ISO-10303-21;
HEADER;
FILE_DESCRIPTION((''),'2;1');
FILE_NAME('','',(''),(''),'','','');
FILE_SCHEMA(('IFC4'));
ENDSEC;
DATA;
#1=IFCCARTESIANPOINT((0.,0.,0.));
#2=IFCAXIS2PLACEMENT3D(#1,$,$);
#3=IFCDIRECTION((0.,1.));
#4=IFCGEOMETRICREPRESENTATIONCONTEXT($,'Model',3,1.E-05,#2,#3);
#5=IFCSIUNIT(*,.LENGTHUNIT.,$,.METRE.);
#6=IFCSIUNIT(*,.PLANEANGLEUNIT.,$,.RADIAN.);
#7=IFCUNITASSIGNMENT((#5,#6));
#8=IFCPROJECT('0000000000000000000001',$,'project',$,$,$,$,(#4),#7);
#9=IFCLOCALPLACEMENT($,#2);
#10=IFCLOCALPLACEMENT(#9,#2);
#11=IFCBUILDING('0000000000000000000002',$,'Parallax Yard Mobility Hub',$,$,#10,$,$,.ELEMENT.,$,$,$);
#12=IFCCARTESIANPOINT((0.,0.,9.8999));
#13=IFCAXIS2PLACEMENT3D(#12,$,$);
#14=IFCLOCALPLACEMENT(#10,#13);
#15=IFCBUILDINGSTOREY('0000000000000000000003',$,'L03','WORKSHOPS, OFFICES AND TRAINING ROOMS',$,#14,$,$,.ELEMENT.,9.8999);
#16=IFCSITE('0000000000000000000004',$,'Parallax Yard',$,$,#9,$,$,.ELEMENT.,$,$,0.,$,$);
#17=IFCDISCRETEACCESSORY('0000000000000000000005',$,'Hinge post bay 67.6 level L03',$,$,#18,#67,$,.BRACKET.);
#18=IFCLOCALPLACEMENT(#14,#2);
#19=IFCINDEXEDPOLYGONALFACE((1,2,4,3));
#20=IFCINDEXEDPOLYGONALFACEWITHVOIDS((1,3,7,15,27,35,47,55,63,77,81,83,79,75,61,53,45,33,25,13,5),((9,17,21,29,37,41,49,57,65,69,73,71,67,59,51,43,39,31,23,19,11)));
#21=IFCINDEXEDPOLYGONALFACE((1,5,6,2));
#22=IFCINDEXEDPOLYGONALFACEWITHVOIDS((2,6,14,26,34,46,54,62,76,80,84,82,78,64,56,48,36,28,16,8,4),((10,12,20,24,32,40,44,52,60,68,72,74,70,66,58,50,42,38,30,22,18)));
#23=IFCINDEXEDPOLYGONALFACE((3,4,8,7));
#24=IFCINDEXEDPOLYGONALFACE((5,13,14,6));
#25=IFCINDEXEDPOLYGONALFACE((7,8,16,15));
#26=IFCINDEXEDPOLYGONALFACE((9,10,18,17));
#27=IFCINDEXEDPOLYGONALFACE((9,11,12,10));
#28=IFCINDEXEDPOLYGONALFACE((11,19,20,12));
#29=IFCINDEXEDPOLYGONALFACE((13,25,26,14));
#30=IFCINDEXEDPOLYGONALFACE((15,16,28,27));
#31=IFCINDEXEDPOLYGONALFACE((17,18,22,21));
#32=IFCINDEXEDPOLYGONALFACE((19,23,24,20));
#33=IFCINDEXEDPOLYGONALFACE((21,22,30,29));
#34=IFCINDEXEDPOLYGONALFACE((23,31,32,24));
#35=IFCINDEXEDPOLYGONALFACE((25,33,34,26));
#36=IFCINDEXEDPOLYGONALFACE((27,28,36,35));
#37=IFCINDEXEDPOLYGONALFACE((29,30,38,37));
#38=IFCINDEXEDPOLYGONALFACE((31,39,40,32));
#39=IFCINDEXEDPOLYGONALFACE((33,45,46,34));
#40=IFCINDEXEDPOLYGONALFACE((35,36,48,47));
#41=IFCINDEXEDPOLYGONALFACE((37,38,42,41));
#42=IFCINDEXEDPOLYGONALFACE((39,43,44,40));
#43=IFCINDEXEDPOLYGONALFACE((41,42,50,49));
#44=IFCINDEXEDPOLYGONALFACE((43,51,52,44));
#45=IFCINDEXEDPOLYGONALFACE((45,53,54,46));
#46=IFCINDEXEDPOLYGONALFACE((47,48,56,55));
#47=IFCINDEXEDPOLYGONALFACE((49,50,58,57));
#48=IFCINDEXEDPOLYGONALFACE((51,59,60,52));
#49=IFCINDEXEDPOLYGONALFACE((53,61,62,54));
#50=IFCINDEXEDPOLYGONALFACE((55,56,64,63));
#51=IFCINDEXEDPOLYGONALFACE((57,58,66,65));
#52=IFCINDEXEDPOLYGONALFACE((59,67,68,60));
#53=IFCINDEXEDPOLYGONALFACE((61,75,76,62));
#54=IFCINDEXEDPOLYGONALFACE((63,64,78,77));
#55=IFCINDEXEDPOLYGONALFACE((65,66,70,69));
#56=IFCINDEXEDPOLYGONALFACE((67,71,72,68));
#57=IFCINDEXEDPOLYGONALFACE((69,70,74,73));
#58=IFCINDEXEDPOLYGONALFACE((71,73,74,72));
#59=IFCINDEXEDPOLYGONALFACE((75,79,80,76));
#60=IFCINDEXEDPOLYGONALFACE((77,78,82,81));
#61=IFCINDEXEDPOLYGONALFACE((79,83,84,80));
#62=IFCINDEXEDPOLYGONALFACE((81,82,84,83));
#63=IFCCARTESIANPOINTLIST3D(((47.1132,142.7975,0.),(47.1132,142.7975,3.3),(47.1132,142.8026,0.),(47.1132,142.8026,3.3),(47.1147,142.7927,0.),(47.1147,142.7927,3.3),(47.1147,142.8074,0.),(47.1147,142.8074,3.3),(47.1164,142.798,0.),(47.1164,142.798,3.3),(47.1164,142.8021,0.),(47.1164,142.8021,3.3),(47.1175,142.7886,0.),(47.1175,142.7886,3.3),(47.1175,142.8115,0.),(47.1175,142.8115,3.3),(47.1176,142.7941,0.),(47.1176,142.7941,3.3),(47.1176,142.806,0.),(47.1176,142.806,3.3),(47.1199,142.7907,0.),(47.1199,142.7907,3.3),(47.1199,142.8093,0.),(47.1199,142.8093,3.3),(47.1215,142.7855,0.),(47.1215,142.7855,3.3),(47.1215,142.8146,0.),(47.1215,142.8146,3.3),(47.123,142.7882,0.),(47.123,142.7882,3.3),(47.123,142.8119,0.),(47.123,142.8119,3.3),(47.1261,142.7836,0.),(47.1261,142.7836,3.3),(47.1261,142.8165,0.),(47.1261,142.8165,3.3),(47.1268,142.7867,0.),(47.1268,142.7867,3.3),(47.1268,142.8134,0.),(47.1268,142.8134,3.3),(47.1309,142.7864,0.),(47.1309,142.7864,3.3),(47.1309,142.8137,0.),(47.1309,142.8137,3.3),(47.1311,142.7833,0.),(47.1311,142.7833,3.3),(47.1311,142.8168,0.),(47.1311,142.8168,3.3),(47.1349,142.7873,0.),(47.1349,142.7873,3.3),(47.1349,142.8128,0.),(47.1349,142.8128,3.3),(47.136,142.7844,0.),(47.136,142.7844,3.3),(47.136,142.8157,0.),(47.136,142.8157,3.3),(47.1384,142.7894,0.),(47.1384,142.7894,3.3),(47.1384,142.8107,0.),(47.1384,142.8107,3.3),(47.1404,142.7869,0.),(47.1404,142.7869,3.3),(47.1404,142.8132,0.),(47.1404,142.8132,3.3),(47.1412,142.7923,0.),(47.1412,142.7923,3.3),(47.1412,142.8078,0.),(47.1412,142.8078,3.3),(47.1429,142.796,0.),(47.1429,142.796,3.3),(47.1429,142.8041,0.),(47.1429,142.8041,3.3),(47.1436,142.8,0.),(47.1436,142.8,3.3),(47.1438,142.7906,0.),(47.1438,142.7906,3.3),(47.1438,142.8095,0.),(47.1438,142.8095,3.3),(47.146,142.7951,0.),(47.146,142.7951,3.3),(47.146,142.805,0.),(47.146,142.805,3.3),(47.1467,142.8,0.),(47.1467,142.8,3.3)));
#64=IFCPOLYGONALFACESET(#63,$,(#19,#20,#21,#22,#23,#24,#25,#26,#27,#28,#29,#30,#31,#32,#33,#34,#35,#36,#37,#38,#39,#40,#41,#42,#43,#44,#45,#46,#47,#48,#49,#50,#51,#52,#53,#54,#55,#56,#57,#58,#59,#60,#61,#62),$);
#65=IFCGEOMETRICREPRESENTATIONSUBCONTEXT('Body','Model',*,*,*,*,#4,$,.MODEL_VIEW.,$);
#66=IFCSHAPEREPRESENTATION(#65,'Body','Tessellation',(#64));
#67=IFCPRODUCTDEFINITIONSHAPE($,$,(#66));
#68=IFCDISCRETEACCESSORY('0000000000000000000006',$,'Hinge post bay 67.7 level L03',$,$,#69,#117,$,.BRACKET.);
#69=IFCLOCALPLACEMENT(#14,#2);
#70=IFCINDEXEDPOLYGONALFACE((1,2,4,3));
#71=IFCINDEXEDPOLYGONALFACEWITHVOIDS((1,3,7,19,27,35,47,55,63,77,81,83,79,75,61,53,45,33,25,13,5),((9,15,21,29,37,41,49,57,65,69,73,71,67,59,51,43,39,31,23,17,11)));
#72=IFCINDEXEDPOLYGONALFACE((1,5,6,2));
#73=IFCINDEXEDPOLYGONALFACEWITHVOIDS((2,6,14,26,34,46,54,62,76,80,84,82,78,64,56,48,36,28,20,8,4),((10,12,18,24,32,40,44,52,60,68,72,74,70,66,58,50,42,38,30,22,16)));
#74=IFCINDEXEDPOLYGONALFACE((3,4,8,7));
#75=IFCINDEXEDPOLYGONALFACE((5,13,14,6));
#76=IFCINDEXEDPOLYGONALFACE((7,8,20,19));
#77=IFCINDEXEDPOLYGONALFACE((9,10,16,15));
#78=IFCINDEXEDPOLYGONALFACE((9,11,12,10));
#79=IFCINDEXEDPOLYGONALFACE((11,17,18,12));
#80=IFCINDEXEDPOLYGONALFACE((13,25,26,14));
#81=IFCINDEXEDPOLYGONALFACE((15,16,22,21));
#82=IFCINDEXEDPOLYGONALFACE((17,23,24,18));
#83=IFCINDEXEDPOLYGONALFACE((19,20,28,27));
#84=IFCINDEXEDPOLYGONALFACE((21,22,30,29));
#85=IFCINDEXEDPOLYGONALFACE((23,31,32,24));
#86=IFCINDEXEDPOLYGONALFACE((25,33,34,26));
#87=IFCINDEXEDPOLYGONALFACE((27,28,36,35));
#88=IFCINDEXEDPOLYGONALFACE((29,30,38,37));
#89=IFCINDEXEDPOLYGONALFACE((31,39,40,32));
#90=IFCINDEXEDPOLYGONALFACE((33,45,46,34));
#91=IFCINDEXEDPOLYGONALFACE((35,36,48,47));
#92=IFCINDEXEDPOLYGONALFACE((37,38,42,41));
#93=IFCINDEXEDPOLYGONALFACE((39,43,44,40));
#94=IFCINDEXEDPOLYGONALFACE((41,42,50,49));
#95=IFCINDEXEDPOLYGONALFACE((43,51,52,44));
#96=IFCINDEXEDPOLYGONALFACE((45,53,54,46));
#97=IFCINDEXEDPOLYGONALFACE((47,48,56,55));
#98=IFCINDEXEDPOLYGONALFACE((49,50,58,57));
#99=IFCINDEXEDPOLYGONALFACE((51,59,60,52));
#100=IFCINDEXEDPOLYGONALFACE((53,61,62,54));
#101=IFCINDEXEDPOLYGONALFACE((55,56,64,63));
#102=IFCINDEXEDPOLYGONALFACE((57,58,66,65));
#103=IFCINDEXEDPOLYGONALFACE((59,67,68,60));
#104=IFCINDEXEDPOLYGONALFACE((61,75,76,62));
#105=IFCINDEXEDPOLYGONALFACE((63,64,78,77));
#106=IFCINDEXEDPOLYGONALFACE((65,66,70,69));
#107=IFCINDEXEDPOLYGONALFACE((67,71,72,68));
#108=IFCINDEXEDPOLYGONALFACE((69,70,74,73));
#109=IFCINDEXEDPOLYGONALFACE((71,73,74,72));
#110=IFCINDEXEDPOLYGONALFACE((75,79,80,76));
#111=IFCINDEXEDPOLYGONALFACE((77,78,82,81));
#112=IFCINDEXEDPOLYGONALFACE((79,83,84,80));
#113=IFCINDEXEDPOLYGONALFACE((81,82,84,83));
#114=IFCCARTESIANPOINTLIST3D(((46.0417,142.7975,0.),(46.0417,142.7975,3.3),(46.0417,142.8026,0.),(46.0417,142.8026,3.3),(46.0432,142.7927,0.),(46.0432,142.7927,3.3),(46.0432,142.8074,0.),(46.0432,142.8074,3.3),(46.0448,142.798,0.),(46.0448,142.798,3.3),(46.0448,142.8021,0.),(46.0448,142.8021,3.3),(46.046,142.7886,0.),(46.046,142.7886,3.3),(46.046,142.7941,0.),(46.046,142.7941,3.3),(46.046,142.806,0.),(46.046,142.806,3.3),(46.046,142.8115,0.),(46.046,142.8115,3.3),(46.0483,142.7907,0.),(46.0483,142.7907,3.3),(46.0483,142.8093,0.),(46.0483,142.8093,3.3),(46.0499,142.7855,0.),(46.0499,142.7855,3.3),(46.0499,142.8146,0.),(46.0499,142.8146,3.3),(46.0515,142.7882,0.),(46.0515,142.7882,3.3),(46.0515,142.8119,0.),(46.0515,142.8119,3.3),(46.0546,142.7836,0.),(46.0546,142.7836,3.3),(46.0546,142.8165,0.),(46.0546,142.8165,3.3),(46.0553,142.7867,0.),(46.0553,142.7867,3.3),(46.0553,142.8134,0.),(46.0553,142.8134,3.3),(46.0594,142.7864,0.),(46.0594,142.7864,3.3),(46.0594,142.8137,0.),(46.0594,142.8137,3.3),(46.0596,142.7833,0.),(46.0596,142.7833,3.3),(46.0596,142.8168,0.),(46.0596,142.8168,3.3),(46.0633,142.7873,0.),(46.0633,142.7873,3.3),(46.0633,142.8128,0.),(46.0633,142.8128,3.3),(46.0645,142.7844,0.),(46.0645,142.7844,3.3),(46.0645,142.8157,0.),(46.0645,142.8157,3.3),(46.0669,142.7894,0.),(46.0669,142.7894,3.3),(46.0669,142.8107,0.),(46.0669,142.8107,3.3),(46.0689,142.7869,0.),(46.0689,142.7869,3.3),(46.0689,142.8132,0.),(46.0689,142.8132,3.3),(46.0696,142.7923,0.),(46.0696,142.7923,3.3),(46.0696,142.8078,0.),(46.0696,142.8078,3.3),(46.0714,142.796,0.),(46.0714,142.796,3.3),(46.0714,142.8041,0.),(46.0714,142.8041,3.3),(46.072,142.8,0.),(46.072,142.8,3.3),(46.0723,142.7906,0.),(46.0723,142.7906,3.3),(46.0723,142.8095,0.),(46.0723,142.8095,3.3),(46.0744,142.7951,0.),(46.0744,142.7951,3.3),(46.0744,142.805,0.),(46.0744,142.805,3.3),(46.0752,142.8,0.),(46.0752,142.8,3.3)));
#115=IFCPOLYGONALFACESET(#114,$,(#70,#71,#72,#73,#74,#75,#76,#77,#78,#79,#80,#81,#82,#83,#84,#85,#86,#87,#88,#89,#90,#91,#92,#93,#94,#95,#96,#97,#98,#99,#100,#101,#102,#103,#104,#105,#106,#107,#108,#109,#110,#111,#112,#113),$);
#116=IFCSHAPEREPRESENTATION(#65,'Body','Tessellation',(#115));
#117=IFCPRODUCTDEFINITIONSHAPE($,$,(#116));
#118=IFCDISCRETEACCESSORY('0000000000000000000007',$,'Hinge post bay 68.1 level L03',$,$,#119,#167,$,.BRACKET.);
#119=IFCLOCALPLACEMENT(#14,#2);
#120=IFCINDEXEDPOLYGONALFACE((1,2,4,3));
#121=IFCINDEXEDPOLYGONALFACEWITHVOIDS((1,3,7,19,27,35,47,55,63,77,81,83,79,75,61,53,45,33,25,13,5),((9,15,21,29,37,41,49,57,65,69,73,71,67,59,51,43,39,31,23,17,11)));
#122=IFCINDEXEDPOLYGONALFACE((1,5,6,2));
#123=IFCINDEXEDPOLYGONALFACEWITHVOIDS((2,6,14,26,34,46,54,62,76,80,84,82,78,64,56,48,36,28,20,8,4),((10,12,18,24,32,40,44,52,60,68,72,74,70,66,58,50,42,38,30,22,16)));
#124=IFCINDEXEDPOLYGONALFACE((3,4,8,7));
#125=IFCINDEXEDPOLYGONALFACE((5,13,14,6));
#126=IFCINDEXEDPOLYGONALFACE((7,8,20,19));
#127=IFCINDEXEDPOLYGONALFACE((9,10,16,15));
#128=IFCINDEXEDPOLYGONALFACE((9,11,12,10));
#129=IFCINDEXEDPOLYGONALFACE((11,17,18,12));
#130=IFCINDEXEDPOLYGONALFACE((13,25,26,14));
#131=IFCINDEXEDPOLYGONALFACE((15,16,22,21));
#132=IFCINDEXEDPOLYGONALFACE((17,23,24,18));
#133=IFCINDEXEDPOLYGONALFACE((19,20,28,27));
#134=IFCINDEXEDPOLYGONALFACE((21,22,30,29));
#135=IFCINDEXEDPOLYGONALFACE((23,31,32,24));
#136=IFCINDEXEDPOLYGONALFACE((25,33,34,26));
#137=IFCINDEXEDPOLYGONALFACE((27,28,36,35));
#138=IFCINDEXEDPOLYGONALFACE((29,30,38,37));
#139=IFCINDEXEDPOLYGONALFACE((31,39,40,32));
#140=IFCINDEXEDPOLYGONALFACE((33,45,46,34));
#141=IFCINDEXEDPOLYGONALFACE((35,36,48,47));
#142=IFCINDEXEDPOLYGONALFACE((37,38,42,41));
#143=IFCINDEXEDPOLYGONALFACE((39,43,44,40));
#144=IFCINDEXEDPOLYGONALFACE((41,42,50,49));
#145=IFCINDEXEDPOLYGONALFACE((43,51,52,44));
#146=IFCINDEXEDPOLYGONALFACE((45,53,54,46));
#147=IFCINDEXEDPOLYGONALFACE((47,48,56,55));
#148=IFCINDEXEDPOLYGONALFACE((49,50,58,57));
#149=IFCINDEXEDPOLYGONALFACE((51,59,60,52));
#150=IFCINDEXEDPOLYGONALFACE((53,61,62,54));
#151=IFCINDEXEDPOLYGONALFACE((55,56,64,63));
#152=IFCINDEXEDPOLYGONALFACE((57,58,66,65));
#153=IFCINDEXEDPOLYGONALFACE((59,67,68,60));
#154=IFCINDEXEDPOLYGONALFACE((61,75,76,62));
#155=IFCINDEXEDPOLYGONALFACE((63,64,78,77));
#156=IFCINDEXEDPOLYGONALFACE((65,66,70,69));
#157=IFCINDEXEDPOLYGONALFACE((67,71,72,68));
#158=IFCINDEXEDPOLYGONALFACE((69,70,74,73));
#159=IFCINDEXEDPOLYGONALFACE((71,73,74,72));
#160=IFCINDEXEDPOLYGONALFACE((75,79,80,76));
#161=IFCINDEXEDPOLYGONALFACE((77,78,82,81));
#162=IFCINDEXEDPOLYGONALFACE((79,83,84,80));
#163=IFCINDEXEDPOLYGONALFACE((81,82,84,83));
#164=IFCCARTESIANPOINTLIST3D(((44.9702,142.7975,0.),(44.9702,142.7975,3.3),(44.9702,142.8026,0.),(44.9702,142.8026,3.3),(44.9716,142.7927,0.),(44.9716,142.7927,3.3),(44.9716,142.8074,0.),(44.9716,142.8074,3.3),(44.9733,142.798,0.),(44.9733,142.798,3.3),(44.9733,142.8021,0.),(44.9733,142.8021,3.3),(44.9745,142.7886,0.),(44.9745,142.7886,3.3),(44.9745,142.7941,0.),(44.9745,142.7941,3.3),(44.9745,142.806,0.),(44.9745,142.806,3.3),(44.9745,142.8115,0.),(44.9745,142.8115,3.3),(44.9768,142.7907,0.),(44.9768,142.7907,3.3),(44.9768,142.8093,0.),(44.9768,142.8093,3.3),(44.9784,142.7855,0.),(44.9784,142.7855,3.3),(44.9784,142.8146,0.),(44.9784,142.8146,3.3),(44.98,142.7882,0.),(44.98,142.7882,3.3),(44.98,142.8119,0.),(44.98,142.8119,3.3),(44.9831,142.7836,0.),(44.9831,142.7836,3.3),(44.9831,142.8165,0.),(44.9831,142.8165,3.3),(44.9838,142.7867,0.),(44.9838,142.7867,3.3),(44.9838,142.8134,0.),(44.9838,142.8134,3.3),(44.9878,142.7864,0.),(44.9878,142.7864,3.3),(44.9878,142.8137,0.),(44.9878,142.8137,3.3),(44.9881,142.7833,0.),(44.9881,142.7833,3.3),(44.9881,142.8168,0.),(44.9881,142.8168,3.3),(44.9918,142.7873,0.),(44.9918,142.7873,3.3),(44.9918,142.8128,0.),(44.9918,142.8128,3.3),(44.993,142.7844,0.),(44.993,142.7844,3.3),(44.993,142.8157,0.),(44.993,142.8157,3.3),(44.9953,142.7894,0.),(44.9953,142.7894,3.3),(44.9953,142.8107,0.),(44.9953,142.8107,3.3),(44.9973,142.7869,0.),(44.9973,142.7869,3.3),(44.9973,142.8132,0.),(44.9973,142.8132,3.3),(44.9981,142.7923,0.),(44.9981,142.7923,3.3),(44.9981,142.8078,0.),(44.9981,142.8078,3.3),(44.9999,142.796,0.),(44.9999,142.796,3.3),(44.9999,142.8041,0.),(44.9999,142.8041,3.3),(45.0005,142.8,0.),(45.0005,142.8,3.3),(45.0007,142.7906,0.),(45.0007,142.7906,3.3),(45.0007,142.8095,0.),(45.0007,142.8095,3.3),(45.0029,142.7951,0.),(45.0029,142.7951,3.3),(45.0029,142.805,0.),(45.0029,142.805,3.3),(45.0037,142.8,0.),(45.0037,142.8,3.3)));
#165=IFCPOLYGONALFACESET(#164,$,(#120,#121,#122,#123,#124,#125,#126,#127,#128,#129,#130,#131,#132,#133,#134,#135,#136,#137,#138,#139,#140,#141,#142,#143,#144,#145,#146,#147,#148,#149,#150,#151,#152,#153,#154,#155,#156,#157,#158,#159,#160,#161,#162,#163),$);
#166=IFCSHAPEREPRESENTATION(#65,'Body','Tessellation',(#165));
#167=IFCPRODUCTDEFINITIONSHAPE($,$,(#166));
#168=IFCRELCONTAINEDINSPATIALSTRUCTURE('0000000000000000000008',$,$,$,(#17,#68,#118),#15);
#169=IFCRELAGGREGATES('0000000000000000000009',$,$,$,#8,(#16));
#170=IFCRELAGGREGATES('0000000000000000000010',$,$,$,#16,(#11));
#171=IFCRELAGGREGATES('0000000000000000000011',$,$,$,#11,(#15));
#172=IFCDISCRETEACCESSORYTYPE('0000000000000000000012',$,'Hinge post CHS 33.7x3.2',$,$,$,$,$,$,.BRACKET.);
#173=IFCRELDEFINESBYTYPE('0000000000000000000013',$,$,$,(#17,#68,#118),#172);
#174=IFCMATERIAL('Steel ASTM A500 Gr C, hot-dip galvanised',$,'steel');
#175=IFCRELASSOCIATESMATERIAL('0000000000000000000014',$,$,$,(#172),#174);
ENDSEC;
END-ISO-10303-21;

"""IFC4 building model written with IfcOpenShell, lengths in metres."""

from ifc_helpers import new_model, si_unit, direction, frame, origin, origin_2d, place, context, subcontext, project, spatial, hollow_circle, extrude, material, material_profile, profile_set, type_object, element, save


model = new_model("IFC4")

# Units and contexts
model_context = context("Model", 3, precision=1e-05, world=origin(), true_north=direction((0.0, 1.0)))
body_context = subcontext(model_context, "Body", "Model", "MODEL_VIEW")
ifc_project = project(units=[si_unit("LENGTHUNIT", "METRE"), si_unit("PLANEANGLEUNIT", "RADIAN")], contexts=[model_context])

# Site, building, storey
site_placement = place(None, origin())
site = spatial("IfcSite", under=ifc_project, at=site_placement, Name="Parallax Yard", CompositionType="ELEMENT", RefElevation=0.0)
building_placement = place(site_placement, origin())
building = spatial("IfcBuilding", under=site, at=building_placement, Name="Parallax Yard Mobility Hub", CompositionType="ELEMENT")
storey_placement = place(building_placement, frame((0.0, 0.0, 9.8999)))
storey = spatial("IfcBuildingStorey", under=building, at=storey_placement, Name="L03", Description="WORKSHOPS, OFFICES AND TRAINING ROOMS", CompositionType="ELEMENT", Elevation=9.8999)

# Discrete accessories
ifc_material_1 = material(Name="Steel ASTM A500 Gr C, hot-dip galvanised", Category="steel")
ifc_material_profile_1 = material_profile(ifc_material_1, hollow_circle(Radius=0.0168, WallThickness=0.0032, at=origin_2d()), Name="CHS 33.7x3.2")
ifc_profile_set_1 = profile_set([ifc_material_profile_1], Name="Steel ASTM A500 Gr C, hot-dip galvanised")
discrete_accessory_type_1 = type_object("IfcDiscreteAccessoryType", Name="Hinge post CHS 33.7x3.2", PredefinedType="BRACKET", material=ifc_profile_set_1)
for number, where, z_axis, x_axis, name in (
    (1, (47.1299, 142.8, 0.0), (0.0, 0.0, 1.0), (1.0, 0.0, 0.0), "Hinge post bay 67.6 level L03"),
    (2, (46.0583, 142.8, 0.0), (0.0, 0.0, 1.0), (1.0, 0.0, 0.0), "Hinge post bay 67.7 level L03"),
    (3, (44.9868, 142.8, 0.0), (0.0, 0.0, 1.0), (1.0, 0.0, 0.0), "Hinge post bay 68.1 level L03"),
):
    element("IfcDiscreteAccessory", number, at=place(storey_placement, frame(where, z_axis=z_axis, x_axis=x_axis)), inside=storey, type_object=discrete_accessory_type_1, Name=name, PredefinedType="BRACKET", context=body_context, shape_type="SweptSolid", body=[
        extrude(hollow_circle(Radius=0.0168, WallThickness=0.0032, at=origin_2d()), origin(), (0.0, 0.0, 1.0), 3.3),
    ])

save(model, "model.ifc")
